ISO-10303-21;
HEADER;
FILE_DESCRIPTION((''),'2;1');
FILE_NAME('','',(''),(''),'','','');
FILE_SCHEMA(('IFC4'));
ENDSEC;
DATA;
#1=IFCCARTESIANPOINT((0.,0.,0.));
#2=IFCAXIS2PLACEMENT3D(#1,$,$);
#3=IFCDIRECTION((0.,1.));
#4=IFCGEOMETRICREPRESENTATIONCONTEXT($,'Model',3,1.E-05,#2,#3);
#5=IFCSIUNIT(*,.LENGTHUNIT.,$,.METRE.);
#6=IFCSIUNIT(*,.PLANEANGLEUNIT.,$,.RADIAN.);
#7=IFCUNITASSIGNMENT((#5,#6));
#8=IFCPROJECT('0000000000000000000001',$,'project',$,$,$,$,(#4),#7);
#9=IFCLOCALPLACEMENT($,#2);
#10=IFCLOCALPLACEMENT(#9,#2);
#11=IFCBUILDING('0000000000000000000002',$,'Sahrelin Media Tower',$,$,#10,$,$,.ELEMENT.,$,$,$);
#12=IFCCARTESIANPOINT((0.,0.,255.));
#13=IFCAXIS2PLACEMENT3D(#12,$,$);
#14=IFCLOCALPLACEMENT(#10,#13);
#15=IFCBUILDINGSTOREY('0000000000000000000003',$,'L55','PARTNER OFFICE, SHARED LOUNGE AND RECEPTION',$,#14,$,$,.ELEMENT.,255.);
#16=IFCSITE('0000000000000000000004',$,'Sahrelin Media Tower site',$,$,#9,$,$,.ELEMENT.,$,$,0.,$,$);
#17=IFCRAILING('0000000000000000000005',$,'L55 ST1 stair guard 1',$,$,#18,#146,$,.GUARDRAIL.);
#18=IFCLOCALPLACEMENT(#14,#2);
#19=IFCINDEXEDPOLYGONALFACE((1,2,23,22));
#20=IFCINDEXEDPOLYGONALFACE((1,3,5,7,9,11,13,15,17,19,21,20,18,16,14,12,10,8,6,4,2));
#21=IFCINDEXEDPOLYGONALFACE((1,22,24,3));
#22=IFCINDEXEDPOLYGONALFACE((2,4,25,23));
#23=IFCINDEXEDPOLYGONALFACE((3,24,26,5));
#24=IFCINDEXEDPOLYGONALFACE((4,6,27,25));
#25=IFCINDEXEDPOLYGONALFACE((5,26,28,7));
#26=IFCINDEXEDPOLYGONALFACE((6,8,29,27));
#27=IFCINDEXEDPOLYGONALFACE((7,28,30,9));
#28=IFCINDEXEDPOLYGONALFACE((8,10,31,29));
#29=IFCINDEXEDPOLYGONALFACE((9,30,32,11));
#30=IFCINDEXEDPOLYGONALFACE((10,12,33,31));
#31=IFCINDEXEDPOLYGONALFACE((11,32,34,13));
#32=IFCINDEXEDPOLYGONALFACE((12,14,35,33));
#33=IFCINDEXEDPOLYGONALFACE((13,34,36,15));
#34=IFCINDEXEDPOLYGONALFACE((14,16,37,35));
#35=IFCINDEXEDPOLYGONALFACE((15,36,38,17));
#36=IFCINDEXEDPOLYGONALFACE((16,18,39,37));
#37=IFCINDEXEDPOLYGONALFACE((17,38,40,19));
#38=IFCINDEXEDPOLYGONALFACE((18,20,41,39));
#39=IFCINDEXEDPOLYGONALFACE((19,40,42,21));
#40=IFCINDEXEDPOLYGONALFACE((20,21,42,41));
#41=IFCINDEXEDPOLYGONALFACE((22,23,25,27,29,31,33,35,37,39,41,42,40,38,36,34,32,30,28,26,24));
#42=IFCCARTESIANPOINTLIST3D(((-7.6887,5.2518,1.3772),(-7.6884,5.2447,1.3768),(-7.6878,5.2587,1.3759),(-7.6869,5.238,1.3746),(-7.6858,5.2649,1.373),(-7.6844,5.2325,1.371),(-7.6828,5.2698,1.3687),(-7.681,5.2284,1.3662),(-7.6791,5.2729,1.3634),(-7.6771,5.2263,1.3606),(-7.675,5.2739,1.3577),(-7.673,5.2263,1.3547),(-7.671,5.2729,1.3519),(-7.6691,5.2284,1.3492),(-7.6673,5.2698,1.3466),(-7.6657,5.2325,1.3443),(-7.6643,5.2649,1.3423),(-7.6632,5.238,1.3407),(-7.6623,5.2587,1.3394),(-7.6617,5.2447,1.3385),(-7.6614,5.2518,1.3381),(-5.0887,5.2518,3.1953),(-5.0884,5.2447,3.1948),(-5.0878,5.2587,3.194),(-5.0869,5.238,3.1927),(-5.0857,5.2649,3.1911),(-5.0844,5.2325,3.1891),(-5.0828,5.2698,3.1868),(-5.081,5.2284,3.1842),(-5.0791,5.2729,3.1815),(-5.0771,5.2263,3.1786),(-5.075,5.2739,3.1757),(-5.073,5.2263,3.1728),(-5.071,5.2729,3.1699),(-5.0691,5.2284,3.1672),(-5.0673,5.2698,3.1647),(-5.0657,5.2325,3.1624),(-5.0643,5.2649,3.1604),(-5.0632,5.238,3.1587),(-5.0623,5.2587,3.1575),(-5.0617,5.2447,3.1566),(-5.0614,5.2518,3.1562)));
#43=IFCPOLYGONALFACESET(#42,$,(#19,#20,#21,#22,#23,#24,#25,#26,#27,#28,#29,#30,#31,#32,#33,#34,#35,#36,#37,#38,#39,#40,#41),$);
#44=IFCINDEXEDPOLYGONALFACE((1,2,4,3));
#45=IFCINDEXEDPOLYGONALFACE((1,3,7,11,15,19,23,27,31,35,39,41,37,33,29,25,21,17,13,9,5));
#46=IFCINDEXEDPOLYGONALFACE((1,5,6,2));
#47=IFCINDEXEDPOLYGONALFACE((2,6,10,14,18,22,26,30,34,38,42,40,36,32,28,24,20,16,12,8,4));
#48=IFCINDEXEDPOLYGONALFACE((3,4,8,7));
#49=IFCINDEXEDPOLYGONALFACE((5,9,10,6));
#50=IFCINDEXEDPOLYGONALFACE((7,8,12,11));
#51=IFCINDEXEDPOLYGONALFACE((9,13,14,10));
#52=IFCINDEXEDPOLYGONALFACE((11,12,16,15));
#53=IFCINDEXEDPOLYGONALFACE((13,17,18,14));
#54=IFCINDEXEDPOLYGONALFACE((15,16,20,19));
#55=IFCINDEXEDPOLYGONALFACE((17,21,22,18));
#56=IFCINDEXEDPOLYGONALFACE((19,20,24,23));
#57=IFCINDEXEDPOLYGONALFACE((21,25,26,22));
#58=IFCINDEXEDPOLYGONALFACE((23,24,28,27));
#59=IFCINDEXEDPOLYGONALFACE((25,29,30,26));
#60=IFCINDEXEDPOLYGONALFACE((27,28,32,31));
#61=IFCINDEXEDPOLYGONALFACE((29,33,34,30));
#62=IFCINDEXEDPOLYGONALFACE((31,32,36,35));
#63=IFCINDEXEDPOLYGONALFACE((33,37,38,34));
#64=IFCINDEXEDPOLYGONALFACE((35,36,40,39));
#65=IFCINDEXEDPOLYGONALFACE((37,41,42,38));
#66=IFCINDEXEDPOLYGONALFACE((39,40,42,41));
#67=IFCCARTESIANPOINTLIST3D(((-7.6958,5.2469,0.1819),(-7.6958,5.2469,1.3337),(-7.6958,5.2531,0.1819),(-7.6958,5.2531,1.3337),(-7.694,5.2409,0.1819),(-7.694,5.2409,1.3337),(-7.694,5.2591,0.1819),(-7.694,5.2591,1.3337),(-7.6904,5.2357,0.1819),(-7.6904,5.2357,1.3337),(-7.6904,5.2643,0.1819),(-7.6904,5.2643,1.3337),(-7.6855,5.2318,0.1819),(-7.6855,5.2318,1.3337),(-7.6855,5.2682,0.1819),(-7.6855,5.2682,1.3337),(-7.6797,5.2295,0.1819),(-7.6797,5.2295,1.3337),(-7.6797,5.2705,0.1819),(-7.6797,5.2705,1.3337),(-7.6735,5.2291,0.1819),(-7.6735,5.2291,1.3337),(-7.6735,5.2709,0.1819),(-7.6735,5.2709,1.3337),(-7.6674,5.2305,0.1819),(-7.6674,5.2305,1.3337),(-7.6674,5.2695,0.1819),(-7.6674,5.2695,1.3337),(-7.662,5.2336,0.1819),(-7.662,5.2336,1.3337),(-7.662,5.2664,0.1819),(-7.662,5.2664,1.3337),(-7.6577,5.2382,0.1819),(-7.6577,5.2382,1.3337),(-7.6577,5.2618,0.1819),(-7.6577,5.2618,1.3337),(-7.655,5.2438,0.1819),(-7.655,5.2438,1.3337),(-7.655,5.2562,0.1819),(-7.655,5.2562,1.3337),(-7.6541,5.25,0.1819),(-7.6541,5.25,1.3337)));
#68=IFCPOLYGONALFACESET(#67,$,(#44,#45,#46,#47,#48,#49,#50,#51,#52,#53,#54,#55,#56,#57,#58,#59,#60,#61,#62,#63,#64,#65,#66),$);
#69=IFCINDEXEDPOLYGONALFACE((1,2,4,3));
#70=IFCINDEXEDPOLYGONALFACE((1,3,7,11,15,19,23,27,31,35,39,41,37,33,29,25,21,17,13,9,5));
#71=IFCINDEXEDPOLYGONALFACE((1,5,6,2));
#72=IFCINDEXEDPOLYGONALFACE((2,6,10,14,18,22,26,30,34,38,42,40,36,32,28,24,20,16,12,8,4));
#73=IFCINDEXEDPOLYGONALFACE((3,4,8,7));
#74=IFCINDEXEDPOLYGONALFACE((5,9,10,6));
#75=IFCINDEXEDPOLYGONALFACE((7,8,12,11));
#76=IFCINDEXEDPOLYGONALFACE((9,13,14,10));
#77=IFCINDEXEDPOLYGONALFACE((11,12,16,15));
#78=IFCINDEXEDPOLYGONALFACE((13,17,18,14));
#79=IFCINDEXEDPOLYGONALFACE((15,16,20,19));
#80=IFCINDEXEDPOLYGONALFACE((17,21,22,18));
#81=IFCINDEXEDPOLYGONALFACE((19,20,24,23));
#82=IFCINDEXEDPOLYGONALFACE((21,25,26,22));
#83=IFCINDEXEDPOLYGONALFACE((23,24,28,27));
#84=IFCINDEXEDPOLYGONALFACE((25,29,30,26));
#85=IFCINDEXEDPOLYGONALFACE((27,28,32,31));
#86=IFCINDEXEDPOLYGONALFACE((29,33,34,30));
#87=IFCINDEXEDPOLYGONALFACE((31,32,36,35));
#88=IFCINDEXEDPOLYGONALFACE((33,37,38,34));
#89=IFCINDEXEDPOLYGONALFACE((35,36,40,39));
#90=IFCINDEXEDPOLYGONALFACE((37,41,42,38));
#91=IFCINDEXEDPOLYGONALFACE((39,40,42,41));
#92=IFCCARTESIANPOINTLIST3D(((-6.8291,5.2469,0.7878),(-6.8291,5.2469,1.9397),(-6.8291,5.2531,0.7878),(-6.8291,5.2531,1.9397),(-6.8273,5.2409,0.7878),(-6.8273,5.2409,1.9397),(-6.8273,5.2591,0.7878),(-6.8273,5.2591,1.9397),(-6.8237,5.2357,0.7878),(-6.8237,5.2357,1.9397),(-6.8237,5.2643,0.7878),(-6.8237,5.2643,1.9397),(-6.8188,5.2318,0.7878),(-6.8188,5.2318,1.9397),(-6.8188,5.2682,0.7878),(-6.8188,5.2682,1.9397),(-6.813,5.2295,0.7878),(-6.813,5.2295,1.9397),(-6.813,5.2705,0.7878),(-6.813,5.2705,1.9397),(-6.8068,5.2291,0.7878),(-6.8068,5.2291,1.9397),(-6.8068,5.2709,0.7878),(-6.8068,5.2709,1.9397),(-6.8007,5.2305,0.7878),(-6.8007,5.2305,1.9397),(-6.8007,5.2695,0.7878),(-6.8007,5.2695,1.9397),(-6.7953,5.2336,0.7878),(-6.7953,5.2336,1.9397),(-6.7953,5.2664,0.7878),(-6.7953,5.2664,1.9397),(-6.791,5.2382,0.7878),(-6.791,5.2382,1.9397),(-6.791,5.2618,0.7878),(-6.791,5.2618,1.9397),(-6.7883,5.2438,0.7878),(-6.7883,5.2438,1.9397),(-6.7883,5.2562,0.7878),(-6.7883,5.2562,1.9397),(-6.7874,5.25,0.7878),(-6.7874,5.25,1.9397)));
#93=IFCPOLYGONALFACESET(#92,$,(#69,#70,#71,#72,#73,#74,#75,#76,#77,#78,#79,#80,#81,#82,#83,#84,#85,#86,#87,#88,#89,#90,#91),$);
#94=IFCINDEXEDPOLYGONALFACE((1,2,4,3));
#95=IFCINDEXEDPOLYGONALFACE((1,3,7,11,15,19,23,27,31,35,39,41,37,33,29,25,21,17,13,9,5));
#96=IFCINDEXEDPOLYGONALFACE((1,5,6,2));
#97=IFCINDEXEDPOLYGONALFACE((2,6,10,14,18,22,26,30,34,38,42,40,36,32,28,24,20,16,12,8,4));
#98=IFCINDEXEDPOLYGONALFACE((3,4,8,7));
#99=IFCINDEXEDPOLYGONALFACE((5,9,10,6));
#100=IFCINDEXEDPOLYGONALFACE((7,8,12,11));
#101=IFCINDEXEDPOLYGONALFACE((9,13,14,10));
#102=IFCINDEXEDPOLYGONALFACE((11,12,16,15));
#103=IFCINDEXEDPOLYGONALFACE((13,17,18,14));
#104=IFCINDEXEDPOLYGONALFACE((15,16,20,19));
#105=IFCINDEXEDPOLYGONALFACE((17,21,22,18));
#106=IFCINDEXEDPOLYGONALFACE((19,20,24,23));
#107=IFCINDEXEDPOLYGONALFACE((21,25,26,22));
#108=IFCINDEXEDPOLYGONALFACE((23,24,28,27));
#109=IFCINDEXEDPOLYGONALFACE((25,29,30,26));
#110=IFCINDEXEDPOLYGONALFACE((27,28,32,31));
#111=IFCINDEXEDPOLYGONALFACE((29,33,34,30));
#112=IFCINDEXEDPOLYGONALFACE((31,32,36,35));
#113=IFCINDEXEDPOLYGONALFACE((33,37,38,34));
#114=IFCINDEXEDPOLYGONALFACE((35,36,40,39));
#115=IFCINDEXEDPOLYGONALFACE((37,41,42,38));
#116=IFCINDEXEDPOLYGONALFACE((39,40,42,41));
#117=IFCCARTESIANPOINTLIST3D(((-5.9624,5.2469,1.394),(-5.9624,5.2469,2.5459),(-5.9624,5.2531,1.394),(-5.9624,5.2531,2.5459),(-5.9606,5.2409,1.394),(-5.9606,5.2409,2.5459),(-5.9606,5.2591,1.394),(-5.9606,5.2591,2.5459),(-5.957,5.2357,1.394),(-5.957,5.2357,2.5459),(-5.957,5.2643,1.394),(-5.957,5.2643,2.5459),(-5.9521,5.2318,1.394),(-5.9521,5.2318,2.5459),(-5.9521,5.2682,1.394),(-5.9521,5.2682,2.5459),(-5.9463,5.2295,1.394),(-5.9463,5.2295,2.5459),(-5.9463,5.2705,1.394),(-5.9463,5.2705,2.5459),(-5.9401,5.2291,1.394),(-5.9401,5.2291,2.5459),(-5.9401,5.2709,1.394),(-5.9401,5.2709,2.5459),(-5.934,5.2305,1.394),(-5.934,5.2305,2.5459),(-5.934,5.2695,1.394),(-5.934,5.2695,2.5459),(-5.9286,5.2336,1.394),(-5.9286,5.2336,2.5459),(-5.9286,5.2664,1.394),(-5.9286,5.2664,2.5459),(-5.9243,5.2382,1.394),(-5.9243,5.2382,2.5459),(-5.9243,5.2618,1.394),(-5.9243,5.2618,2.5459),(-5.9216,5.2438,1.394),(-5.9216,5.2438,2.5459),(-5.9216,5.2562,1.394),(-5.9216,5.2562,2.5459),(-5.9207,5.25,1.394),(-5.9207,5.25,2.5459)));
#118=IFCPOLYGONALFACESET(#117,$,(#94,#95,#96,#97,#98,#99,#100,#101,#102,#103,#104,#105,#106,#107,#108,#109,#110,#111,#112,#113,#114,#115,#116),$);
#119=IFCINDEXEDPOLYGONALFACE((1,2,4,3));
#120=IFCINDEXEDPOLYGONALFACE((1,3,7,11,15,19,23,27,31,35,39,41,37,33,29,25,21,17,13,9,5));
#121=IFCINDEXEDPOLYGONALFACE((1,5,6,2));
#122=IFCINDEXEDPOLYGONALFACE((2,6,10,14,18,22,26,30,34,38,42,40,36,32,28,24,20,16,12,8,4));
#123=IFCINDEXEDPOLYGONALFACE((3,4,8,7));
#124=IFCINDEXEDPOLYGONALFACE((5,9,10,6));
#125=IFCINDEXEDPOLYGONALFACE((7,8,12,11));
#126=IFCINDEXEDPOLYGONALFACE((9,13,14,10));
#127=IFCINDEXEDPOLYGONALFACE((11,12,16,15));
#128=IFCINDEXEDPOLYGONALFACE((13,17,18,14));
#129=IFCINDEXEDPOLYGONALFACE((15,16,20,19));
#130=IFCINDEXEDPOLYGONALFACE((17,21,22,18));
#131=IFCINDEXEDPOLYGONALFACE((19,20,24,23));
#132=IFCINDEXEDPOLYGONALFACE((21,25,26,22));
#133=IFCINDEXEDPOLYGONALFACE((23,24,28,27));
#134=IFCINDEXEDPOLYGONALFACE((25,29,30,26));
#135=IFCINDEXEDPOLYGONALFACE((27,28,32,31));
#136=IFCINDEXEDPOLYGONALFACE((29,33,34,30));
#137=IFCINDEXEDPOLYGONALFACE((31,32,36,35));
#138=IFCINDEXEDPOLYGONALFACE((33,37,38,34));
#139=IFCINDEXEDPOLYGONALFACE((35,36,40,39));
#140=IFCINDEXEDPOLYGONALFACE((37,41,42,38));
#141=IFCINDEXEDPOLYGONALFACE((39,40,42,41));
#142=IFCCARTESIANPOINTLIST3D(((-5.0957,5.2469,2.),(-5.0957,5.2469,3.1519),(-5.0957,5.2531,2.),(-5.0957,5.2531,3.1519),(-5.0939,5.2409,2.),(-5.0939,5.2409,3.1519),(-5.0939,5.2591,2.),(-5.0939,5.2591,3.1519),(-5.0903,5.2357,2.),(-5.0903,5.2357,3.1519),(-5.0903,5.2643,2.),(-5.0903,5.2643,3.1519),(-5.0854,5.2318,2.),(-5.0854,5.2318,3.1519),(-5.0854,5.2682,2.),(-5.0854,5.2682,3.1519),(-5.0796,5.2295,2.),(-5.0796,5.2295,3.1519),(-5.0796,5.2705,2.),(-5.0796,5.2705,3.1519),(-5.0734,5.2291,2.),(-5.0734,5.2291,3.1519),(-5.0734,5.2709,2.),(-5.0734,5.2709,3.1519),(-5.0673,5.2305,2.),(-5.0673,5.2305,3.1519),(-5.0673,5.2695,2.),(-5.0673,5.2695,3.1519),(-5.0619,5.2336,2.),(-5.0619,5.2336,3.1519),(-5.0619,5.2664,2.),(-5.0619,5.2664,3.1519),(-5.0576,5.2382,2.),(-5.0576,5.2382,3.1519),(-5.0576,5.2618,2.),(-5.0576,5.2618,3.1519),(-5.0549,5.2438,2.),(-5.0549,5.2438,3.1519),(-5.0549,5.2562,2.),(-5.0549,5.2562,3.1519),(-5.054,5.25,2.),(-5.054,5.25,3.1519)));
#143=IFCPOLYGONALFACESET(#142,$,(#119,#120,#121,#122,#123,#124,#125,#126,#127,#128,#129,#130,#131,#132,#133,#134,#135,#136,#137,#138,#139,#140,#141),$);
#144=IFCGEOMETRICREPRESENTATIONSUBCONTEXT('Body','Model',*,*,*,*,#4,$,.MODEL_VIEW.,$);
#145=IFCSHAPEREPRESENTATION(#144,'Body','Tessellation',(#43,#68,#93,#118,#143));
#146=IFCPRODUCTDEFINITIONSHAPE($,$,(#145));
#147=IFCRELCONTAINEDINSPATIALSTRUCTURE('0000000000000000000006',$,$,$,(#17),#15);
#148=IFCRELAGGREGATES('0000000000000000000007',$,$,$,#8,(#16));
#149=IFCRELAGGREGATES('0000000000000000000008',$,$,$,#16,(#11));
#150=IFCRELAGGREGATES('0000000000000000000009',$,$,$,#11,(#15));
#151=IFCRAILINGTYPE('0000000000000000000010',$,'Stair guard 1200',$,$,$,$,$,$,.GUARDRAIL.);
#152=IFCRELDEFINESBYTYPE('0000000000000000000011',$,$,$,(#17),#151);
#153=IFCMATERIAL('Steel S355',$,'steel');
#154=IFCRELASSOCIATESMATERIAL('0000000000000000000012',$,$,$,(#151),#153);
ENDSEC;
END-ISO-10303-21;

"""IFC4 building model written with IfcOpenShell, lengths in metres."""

from ifc_helpers import new_model, si_unit, direction, frame, origin, origin_2d, place, context, subcontext, project, spatial, circle, extrude, material, type_object, element, save


model = new_model("IFC4")

# Units and contexts
model_context = context("Model", 3, precision=1e-05, world=origin(), true_north=direction((0.0, 1.0)))
body_context = subcontext(model_context, "Body", "Model", "MODEL_VIEW")
ifc_project = project(units=[si_unit("LENGTHUNIT", "METRE"), si_unit("PLANEANGLEUNIT", "RADIAN")], contexts=[model_context])

# Site, building, storey
site_placement = place(None, origin())
site = spatial("IfcSite", under=ifc_project, at=site_placement, Name="Sahrelin Media Tower site", CompositionType="ELEMENT", RefElevation=0.0)
building_placement = place(site_placement, origin())
building = spatial("IfcBuilding", under=site, at=building_placement, Name="Sahrelin Media Tower", CompositionType="ELEMENT")
storey_placement = place(building_placement, frame((0.0, 0.0, 255.0)))
storey = spatial("IfcBuildingStorey", under=building, at=storey_placement, Name="L55", Description="PARTNER OFFICE, SHARED LOUNGE AND RECEPTION", CompositionType="ELEMENT", Elevation=255.0)

# Shared definitions
ifc_material_1 = material(Name="Steel S355", Category="steel")

# Railing
railing_type_1 = type_object("IfcRailingType", Name="Stair guard 1200", PredefinedType="GUARDRAIL", material=ifc_material_1)
railing_1_placement = place(storey_placement, frame((-7.675, 5.25, 0.1819)))
element("IfcRailing", 1, at=railing_1_placement, inside=storey, type_object=railing_type_1, Name="L55 ST1 stair guard 1", PredefinedType="GUARDRAIL", context=body_context, shape_type="SweptSolid", body=[
    extrude(circle(Radius=0.0239, at=origin_2d()), frame((0.0, 0.0, 1.1758), z_axis=(0.819521, 0.0, 0.573049), x_axis=(0.0, 1.0, 0.0)), (0.0, 0.0, 1.0), 3.1726),
    extrude(circle(Radius=0.021, at=origin_2d()), origin(), (0.0, 0.0, 1.0), 1.1519),
    extrude(circle(Radius=0.021, at=origin_2d()), frame((0.8667, 0.0, 0.606)), (0.0, 0.0, 1.0), 1.1519),
    extrude(circle(Radius=0.021, at=origin_2d()), frame((1.7334, 0.0, 1.2122)), (0.0, 0.0, 1.0), 1.1519),
    extrude(circle(Radius=0.021, at=origin_2d()), frame((2.6001, 0.0, 1.8181)), (0.0, 0.0, 1.0), 1.1519),
])

save(model, "model.ifc")
